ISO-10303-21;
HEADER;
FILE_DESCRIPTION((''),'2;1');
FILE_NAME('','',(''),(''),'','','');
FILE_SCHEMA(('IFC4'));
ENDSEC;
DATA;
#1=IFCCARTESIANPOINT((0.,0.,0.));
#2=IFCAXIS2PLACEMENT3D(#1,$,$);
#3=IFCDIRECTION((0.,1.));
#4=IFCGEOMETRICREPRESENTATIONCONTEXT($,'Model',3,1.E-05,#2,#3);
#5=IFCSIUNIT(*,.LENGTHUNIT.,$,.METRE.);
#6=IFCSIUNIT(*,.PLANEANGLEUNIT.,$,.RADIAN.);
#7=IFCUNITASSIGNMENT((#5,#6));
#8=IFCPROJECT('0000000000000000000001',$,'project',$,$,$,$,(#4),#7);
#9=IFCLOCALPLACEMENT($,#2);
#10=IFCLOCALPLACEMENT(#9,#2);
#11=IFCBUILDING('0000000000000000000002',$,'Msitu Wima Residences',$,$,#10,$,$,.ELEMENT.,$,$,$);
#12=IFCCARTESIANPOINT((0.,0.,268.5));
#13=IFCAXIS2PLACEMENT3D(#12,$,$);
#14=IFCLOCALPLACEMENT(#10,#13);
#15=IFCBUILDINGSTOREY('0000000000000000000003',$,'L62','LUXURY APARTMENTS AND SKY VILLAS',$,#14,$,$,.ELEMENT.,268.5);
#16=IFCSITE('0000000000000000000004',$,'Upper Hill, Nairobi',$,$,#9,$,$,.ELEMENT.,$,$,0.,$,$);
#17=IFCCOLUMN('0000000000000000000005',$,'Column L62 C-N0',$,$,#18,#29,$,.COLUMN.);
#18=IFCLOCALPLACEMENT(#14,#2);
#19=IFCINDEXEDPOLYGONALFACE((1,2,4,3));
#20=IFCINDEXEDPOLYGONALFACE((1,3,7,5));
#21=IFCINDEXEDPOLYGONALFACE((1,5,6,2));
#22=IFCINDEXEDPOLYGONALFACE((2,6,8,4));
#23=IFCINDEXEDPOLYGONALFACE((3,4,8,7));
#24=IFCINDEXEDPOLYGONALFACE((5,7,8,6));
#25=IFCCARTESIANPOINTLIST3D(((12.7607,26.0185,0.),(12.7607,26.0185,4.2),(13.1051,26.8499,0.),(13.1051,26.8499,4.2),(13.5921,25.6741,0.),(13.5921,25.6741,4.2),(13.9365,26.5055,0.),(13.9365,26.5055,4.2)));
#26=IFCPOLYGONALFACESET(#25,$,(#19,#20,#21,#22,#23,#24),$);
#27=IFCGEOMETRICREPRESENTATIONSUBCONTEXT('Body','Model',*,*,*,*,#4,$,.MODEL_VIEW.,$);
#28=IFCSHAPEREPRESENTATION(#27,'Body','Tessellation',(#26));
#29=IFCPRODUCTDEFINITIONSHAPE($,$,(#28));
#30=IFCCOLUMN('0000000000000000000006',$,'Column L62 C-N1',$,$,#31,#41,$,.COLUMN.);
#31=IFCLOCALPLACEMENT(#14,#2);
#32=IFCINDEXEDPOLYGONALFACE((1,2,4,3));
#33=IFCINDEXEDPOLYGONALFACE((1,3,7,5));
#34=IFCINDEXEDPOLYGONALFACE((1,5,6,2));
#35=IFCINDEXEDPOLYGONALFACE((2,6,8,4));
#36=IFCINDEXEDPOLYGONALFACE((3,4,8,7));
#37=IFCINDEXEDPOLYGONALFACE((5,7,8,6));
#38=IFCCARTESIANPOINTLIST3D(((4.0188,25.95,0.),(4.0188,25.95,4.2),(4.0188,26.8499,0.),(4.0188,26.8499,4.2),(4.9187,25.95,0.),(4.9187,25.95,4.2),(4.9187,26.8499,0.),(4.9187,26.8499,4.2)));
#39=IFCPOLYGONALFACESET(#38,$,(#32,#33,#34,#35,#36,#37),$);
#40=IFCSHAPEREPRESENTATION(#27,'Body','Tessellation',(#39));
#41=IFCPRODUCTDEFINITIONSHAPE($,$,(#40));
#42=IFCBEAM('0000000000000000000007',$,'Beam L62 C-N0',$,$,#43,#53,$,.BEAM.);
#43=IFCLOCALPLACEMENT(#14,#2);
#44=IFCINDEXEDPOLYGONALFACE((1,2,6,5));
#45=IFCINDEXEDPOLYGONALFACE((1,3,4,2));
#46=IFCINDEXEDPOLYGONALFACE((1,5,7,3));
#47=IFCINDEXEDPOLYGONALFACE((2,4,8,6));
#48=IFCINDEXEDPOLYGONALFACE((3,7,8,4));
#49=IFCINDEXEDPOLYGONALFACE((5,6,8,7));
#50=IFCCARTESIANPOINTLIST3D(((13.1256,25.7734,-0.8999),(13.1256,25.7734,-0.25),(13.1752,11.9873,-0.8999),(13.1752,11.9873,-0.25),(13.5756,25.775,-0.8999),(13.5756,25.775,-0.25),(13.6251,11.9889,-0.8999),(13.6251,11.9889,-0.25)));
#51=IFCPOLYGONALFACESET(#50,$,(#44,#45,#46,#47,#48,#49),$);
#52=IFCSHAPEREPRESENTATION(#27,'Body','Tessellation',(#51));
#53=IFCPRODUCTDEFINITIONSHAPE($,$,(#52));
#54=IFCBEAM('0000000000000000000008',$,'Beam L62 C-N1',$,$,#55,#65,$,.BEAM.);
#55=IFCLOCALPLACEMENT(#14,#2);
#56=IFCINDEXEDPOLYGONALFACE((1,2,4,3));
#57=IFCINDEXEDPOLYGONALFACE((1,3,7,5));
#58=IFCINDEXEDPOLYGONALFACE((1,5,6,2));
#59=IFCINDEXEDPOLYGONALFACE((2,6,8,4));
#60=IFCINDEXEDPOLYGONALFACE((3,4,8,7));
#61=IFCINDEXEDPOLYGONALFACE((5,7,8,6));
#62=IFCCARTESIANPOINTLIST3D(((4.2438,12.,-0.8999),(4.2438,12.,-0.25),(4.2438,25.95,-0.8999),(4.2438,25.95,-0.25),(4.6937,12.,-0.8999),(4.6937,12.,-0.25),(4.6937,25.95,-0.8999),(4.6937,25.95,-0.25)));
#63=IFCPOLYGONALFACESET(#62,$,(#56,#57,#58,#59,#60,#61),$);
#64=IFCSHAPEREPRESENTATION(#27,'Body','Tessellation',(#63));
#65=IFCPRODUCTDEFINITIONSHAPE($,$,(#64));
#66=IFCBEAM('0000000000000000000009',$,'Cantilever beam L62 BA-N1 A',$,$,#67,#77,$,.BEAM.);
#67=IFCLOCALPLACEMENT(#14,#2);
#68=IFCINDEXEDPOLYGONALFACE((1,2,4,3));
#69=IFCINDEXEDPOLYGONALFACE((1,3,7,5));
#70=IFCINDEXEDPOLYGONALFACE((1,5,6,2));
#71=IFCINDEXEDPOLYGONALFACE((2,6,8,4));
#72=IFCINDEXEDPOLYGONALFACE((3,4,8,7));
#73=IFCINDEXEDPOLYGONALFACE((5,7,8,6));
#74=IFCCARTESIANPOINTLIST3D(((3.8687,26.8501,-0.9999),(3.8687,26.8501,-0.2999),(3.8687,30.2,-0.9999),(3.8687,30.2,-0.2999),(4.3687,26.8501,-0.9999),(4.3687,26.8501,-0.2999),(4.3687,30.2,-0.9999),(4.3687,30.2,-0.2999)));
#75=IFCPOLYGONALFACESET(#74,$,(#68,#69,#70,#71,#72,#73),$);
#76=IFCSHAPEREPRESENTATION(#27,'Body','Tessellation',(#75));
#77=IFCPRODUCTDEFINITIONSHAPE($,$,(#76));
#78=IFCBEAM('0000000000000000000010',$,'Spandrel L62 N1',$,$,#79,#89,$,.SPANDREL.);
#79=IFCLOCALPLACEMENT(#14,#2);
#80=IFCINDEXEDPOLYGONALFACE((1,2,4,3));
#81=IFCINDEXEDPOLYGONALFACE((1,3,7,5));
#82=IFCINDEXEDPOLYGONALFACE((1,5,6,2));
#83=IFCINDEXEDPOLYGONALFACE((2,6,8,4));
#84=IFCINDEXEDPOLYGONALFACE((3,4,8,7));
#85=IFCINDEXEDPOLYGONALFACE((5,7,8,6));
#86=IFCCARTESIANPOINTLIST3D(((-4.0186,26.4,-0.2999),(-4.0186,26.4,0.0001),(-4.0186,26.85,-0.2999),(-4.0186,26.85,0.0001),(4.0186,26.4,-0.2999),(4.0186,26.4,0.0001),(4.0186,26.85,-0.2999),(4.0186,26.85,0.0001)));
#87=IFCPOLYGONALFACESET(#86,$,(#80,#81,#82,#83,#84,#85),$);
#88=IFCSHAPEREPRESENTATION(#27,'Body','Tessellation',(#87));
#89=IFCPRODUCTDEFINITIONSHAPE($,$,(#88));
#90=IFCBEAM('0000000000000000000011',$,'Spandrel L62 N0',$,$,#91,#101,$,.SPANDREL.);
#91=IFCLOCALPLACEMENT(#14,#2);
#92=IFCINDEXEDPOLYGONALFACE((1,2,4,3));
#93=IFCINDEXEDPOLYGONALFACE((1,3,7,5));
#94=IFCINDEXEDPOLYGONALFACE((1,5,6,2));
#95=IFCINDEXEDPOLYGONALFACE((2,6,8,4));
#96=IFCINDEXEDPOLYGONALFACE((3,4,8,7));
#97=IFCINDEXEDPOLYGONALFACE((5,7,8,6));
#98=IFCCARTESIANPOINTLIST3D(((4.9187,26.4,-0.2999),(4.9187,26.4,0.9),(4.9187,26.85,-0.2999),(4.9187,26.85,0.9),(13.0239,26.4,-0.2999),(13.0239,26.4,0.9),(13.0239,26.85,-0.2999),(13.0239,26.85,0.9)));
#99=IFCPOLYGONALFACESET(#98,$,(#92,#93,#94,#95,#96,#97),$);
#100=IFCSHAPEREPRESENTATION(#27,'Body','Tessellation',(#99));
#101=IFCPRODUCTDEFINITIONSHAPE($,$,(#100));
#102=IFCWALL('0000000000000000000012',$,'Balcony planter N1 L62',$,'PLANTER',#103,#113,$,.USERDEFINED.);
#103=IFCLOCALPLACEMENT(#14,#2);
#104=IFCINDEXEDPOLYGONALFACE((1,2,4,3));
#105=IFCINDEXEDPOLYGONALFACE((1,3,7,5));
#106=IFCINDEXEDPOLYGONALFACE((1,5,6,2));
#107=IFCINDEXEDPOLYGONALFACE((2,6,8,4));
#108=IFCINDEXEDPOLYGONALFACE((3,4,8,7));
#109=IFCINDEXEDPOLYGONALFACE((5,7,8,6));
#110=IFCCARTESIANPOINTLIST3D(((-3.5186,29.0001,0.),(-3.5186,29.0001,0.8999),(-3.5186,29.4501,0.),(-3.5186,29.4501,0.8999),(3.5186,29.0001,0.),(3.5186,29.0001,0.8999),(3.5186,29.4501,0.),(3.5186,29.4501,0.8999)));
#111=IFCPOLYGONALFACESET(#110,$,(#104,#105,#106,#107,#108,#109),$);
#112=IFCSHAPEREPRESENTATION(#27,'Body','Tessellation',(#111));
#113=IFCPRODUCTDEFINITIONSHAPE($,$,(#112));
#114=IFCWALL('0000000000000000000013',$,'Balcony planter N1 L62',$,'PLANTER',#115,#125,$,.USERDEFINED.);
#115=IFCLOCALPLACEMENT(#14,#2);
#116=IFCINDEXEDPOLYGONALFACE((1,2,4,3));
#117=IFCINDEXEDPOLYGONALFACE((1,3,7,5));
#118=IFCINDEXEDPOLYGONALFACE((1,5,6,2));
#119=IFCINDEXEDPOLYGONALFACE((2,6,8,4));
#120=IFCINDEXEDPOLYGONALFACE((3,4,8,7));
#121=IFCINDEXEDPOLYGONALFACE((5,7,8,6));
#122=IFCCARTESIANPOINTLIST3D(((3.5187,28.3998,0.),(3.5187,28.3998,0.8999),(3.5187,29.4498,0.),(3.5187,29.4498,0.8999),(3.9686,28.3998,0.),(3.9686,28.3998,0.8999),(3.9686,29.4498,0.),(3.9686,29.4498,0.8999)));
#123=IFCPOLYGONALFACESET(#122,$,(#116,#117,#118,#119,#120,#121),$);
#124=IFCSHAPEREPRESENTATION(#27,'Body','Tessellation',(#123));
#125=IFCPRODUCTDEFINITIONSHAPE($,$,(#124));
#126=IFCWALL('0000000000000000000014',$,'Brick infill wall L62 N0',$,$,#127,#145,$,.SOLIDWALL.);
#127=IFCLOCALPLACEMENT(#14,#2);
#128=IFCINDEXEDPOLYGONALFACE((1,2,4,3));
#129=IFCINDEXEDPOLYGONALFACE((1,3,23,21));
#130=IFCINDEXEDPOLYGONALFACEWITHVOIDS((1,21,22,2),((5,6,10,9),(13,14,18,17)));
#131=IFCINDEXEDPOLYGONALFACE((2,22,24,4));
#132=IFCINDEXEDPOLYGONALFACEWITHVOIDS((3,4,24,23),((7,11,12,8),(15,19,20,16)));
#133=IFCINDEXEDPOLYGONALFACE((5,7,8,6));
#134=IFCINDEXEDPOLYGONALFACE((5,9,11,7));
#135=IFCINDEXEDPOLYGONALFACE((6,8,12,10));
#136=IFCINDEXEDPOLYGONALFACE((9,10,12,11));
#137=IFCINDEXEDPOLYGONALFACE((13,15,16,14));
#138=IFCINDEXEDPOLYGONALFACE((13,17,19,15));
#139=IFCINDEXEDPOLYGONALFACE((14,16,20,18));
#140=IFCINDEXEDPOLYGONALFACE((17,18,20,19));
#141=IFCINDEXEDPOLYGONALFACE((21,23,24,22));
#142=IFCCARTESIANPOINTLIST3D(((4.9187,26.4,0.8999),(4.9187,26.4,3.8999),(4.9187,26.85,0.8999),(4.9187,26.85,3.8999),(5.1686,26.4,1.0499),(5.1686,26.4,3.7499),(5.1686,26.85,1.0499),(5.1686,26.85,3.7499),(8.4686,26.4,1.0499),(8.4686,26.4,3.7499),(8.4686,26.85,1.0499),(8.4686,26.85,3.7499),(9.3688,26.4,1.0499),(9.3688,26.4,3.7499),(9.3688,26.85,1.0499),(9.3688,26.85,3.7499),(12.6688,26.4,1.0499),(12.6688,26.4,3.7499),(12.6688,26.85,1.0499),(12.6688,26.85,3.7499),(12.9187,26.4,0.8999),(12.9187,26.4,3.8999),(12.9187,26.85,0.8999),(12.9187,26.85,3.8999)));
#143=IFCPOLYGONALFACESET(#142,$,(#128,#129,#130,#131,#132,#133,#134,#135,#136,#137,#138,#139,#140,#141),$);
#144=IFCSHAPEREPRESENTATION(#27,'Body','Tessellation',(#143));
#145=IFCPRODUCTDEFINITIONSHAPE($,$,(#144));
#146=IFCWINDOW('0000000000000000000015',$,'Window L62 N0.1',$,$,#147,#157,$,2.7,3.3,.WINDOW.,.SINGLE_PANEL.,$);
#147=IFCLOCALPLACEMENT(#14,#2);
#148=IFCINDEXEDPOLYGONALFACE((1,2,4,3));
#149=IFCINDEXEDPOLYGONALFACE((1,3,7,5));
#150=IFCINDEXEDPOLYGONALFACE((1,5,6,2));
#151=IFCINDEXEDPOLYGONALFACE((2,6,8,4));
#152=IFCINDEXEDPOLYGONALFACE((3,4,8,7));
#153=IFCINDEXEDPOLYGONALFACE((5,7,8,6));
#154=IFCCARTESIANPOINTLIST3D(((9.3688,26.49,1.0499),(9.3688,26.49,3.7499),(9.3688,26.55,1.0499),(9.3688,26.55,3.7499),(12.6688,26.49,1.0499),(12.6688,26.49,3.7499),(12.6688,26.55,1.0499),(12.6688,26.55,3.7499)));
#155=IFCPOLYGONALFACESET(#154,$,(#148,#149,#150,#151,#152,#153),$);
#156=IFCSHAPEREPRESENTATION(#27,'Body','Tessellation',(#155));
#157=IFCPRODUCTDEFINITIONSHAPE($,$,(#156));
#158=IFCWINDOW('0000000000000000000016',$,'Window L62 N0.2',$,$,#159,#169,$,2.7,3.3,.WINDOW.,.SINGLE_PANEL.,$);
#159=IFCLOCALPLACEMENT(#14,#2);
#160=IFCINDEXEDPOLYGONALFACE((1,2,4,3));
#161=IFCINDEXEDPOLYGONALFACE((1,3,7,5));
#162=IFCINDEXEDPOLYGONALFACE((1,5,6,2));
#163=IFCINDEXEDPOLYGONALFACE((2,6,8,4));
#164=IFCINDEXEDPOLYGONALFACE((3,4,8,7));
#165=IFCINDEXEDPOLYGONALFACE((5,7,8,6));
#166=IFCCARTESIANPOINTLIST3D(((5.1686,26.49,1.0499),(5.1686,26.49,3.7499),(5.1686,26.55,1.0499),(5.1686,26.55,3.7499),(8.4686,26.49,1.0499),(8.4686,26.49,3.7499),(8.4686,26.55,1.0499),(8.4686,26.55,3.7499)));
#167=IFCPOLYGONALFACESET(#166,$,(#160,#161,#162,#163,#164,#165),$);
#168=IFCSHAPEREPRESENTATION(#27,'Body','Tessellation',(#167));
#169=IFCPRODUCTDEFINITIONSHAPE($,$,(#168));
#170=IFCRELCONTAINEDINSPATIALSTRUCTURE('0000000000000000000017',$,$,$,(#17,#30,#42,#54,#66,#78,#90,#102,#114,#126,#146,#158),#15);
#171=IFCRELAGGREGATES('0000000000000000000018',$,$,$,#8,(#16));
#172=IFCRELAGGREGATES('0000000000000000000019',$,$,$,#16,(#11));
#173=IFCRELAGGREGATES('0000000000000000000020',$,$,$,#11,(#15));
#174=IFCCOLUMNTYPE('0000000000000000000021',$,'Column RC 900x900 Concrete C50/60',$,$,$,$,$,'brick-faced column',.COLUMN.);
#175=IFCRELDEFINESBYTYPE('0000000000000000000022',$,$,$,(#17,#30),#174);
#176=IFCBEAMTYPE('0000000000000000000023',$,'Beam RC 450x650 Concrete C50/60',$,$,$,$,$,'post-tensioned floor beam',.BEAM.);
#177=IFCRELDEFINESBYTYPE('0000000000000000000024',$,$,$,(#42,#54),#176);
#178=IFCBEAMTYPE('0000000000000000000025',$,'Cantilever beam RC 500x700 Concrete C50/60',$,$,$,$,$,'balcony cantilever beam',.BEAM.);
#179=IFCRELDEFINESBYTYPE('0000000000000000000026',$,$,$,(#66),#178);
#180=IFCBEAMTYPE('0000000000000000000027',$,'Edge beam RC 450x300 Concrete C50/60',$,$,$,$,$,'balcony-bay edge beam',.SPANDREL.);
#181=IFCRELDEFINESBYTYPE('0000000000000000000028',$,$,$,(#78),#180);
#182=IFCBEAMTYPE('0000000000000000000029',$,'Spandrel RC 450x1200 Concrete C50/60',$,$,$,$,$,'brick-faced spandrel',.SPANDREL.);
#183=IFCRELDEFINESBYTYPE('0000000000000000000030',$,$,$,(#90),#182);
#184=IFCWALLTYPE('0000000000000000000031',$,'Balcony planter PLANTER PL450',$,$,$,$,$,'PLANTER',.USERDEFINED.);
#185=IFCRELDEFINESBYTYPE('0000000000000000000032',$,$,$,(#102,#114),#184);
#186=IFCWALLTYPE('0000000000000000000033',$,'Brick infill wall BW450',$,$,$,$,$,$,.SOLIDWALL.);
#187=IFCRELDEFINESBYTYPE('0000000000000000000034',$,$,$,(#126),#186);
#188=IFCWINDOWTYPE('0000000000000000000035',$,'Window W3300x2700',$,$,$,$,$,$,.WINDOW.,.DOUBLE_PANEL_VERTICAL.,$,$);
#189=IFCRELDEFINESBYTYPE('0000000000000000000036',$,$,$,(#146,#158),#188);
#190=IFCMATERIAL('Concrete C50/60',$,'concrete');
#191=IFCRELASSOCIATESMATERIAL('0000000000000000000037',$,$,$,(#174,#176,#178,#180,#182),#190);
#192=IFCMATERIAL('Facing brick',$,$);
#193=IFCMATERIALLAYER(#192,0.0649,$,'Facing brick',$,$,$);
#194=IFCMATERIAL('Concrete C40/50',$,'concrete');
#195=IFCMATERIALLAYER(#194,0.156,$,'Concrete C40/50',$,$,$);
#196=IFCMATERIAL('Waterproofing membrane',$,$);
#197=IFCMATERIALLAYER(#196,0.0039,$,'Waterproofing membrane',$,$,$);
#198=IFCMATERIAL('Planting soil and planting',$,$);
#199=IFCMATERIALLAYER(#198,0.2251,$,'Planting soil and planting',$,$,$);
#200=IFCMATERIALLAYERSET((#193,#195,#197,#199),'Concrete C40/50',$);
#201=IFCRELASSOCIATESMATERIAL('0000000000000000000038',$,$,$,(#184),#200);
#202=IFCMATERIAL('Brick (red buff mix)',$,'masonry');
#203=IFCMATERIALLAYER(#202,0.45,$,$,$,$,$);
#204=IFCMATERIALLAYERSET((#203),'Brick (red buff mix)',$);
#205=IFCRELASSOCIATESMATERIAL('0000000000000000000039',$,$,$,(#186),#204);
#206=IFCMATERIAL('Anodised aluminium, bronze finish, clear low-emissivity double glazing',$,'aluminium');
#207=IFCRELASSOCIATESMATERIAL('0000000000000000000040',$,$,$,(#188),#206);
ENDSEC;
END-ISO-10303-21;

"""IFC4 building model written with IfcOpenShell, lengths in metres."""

from ifc_helpers import new_model, si_unit, direction, frame, frame_2d, origin, origin_2d, place, context, subcontext, project, spatial, rectangle, extrude, material, layer, layer_set, material_profile, profile_set, type_object, element, fill, save


model = new_model("IFC4")

# Units and contexts
model_context = context("Model", 3, precision=1e-05, world=origin(), true_north=direction((0.0, 1.0)))
body_context = subcontext(model_context, "Body", "Model", "MODEL_VIEW")
ifc_project = project(units=[si_unit("LENGTHUNIT", "METRE"), si_unit("PLANEANGLEUNIT", "RADIAN")], contexts=[model_context])

# Site, building, storey
site_placement = place(None, origin())
site = spatial("IfcSite", under=ifc_project, at=site_placement, Name="Upper Hill, Nairobi", CompositionType="ELEMENT", RefElevation=0.0)
building_placement = place(site_placement, origin())
building = spatial("IfcBuilding", under=site, at=building_placement, Name="Msitu Wima Residences", CompositionType="ELEMENT")
storey_placement = place(building_placement, frame((0.0, 0.0, 268.5)))
storey = spatial("IfcBuildingStorey", under=building, at=storey_placement, Name="L62", Description="LUXURY APARTMENTS AND SKY VILLAS", CompositionType="ELEMENT", Elevation=268.5)

# Columns
ifc_material_1 = material(Name="Concrete C50/60", Category="concrete")
ifc_material_profile_1 = material_profile(ifc_material_1, rectangle(XDim=0.8999, YDim=0.8999, at=origin_2d()), Name="RC 900x900")
ifc_profile_set_1 = profile_set([ifc_material_profile_1], Name="Concrete C50/60")
column_type = type_object("IfcColumnType", Name="Column RC 900x900 Concrete C50/60", ElementType="brick-faced column", PredefinedType="COLUMN", material=ifc_profile_set_1)
for number, where, z_axis, x_axis, name in (
    (1, (13.3486, 26.262, 0.0), (0.0, 0.0, 1.0), (-0.92388, 0.382683, 0.0), "Column L62 C-N0"),
    (2, (4.4688, 26.3999, 0.0), (0.0, 0.0, 1.0), (-1.0, 0.0, 0.0), "Column L62 C-N1"),
):
    element("IfcColumn", number, at=place(storey_placement, frame(where, z_axis=z_axis, x_axis=x_axis)), inside=storey, type_object=column_type, Name=name, PredefinedType="COLUMN", context=body_context, shape_type="SweptSolid", body=[
        extrude(rectangle(XDim=0.8999, YDim=0.8999, at=origin_2d()), origin(), (0.0, 0.0, 1.0), 4.2),
    ])

# Beams
ifc_material_profile_2 = material_profile(ifc_material_1, rectangle(XDim=0.45, YDim=0.6499, at=origin_2d()), Name="RC 450x650")
ifc_profile_set_2 = profile_set([ifc_material_profile_2], Name="Concrete C50/60")
beam_type_1 = type_object("IfcBeamType", Name="Beam RC 450x650 Concrete C50/60", ElementType="post-tensioned floor beam", PredefinedType="BEAM", material=ifc_profile_set_2)
beam_1_placement = place(storey_placement, frame((13.3506, 25.7742, -0.575), z_axis=(0.003595, -0.999994, 0.0), x_axis=(0.999994, 0.003595, 0.0)))
element("IfcBeam", 3, at=beam_1_placement, inside=storey, type_object=beam_type_1, Name="Beam L62 C-N0", PredefinedType="BEAM", context=body_context, shape_type="SweptSolid", body=[
    extrude(rectangle(XDim=0.45, YDim=0.6499, at=origin_2d()), origin(), (0.0, 0.0, 1.0), 13.7861),
])
beam_2_placement = place(storey_placement, frame((4.4688, 25.95, -0.575), z_axis=(0.0, -1.0, 0.0), x_axis=(1.0, 0.0, 0.0)))
element("IfcBeam", 4, at=beam_2_placement, inside=storey, type_object=beam_type_1, Name="Beam L62 C-N1", PredefinedType="BEAM", context=body_context, shape_type="SweptSolid", body=[
    extrude(rectangle(XDim=0.45, YDim=0.6499, at=origin_2d()), origin(), (0.0, 0.0, 1.0), 13.95),
])
ifc_material_profile_3 = material_profile(ifc_material_1, rectangle(XDim=0.5, YDim=0.7, at=origin_2d()), Name="RC 500x700")
ifc_profile_set_3 = profile_set([ifc_material_profile_3], Name="Concrete C50/60")
beam_type_2 = type_object("IfcBeamType", Name="Cantilever beam RC 500x700 Concrete C50/60", ElementType="balcony cantilever beam", PredefinedType="BEAM", material=ifc_profile_set_3)
beam_3_placement = place(storey_placement, frame((4.1187, 26.8501, -0.6499), z_axis=(0.0, 1.0, 0.0), x_axis=(-1.0, 0.0, 0.0)))
element("IfcBeam", 5, at=beam_3_placement, inside=storey, type_object=beam_type_2, Name="Cantilever beam L62 BA-N1 A", PredefinedType="BEAM", context=body_context, shape_type="SweptSolid", body=[
    extrude(rectangle(XDim=0.5, YDim=0.7, at=origin_2d()), origin(), (0.0, 0.0, 1.0), 3.3499),
])
ifc_material_profile_4 = material_profile(ifc_material_1, rectangle(XDim=0.45, YDim=0.3, at=origin_2d()), Name="RC 450x300")
ifc_profile_set_4 = profile_set([ifc_material_profile_4], Name="Concrete C50/60")
beam_type_3 = type_object("IfcBeamType", Name="Edge beam RC 450x300 Concrete C50/60", ElementType="balcony-bay edge beam", PredefinedType="SPANDREL", material=ifc_profile_set_4)
beam_4_placement = place(storey_placement, frame((4.0186, 26.625, -0.1499), z_axis=(-1.0, 0.0, 0.0), x_axis=(0.0, -1.0, 0.0)))
element("IfcBeam", 6, at=beam_4_placement, inside=storey, type_object=beam_type_3, Name="Spandrel L62 N1", PredefinedType="SPANDREL", context=body_context, shape_type="SweptSolid", body=[
    extrude(rectangle(XDim=0.45, YDim=0.3, at=origin_2d()), origin(), (0.0, 0.0, 1.0), 8.0371),
])
ifc_material_profile_5 = material_profile(ifc_material_1, rectangle(XDim=0.45, YDim=1.2, at=origin_2d()), Name="RC 450x1200")
ifc_profile_set_5 = profile_set([ifc_material_profile_5], Name="Concrete C50/60")
beam_type_4 = type_object("IfcBeamType", Name="Spandrel RC 450x1200 Concrete C50/60", ElementType="brick-faced spandrel", PredefinedType="SPANDREL", material=ifc_profile_set_5)
beam_5_placement = place(storey_placement, frame((13.0239, 26.625, 0.3), z_axis=(-1.0, 0.0, 0.0), x_axis=(0.0, -1.0, 0.0)))
element("IfcBeam", 7, at=beam_5_placement, inside=storey, type_object=beam_type_4, Name="Spandrel L62 N0", PredefinedType="SPANDREL", context=body_context, shape_type="SweptSolid", body=[
    extrude(rectangle(XDim=0.45, YDim=1.2, at=origin_2d()), origin(), (0.0, 0.0, 1.0), 8.1052),
])

# Walls
ifc_material_2 = material(Name="Facing brick")
ifc_layer_1 = layer(ifc_material_2, 0.0649, Name="Facing brick")
ifc_material_3 = material(Name="Concrete C40/50", Category="concrete")
ifc_layer_2 = layer(ifc_material_3, 0.156, Name="Concrete C40/50")
ifc_material_4 = material(Name="Waterproofing membrane")
ifc_layer_3 = layer(ifc_material_4, 0.0039, Name="Waterproofing membrane")
ifc_material_5 = material(Name="Planting soil and planting")
ifc_layer_4 = layer(ifc_material_5, 0.2251, Name="Planting soil and planting")
ifc_layer_set_1 = layer_set([ifc_layer_1, ifc_layer_2, ifc_layer_3, ifc_layer_4], Name="Concrete C40/50")
wall_type_1 = type_object("IfcWallType", Name="Balcony planter PLANTER PL450", ElementType="PLANTER", PredefinedType="USERDEFINED", material=ifc_layer_set_1)
wall_1_placement = place(storey_placement, frame((3.5186, 29.2251, 0.0), z_axis=(0.0, 0.0, 1.0), x_axis=(-1.0, 0.0, 0.0)))
element("IfcWall", 8, at=wall_1_placement, inside=storey, type_object=wall_type_1, Name="Balcony planter N1 L62", ObjectType="PLANTER", PredefinedType="USERDEFINED", context=body_context, shape_type="SweptSolid", body=[
    extrude(rectangle(XDim=7.0371, YDim=0.45, at=frame_2d((3.5186, 0.0))), origin(), (0.0, 0.0, 1.0), 0.8999),
])
wall_2_placement = place(storey_placement, frame((3.7437, 28.3999, 0.0), z_axis=(0.0, 0.0, 1.0), x_axis=(0.0, 1.0, 0.0)))
element("IfcWall", 9, at=wall_2_placement, inside=storey, type_object=wall_type_1, Name="Balcony planter N1 L62", ObjectType="PLANTER", PredefinedType="USERDEFINED", context=body_context, shape_type="SweptSolid", body=[
    extrude(rectangle(XDim=1.05, YDim=0.45, at=frame_2d((0.5249, 0.0))), origin(), (0.0, 0.0, 1.0), 0.8999),
])

# Wall, openings, windows
ifc_material_6 = material(Name="Brick (red buff mix)", Category="masonry")
ifc_layer_5 = layer(ifc_material_6, 0.45)
ifc_layer_set_2 = layer_set([ifc_layer_5], Name="Brick (red buff mix)")
wall_type_2 = type_object("IfcWallType", Name="Brick infill wall BW450", PredefinedType="SOLIDWALL", material=ifc_layer_set_2)
wall_3_placement = place(storey_placement, frame((12.9187, 26.625, 0.8999), z_axis=(0.0, 0.0, 1.0), x_axis=(-1.0, 0.0, 0.0)))
wall_3 = element("IfcWall", 10, at=wall_3_placement, inside=storey, type_object=wall_type_2, Name="Brick infill wall L62 N0", PredefinedType="SOLIDWALL", context=body_context, shape_type="SweptSolid", body=[
    extrude(rectangle(XDim=8.0, YDim=0.45, at=frame_2d((4.0, 0.0))), origin(), (0.0, 0.0, 1.0), 3.0),
])
opening_1_placement = place(wall_3_placement, frame((0.25, 0.0, 0.1499)))
opening_1 = element("IfcOpeningElement", 11, at=opening_1_placement, cuts=wall_3, PredefinedType="OPENING", context=body_context, shape_type="SweptSolid", body=[
    extrude(rectangle(XDim=3.3, YDim=2.7, at=frame_2d((1.6499, 1.3501))), frame((0.0, 0.2349, 0.0), z_axis=(0.0, -1.0, 0.0), x_axis=(1.0, 0.0, 0.0)), (0.0, 0.0, 1.0), 0.47),
])
opening_2_placement = place(wall_3_placement, frame((4.4502, 0.0, 0.1499)))
opening_2 = element("IfcOpeningElement", 12, at=opening_2_placement, cuts=wall_3, PredefinedType="OPENING", context=body_context, shape_type="SweptSolid", body=[
    extrude(rectangle(XDim=3.3, YDim=2.7, at=frame_2d((1.6499, 1.3501))), frame((0.0, 0.2349, 0.0), z_axis=(0.0, -1.0, 0.0), x_axis=(1.0, 0.0, 0.0)), (0.0, 0.0, 1.0), 0.47),
])
ifc_material_7 = material(Name="Anodised aluminium, bronze finish, clear low-emissivity double glazing", Category="aluminium")
window_type = type_object("IfcWindowType", Name="Window W3300x2700", PartitioningType="DOUBLE_PANEL_VERTICAL", PredefinedType="WINDOW", material=ifc_material_7)
window_1_placement = place(opening_1_placement, origin())
window_1 = element("IfcWindow", 13, at=window_1_placement, inside=storey, type_object=window_type, Name="Window L62 N0.1", OverallHeight=2.7, OverallWidth=3.3, PartitioningType="SINGLE_PANEL", PredefinedType="WINDOW", context=body_context, shape_type="SweptSolid", body=[
    extrude(rectangle(XDim=3.3, YDim=2.7, at=frame_2d((1.6499, 1.3501))), frame((0.0, 0.135, 0.0), z_axis=(0.0, -1.0, 0.0), x_axis=(1.0, 0.0, 0.0)), (0.0, 0.0, 1.0), 0.0601),
])
fill(opening_1, window_1)
window_2_placement = place(opening_2_placement, origin())
window_2 = element("IfcWindow", 14, at=window_2_placement, inside=storey, type_object=window_type, Name="Window L62 N0.2", OverallHeight=2.7, OverallWidth=3.3, PartitioningType="SINGLE_PANEL", PredefinedType="WINDOW", context=body_context, shape_type="SweptSolid", body=[
    extrude(rectangle(XDim=3.3, YDim=2.7, at=frame_2d((1.6499, 1.3501))), frame((0.0, 0.135, 0.0), z_axis=(0.0, -1.0, 0.0), x_axis=(1.0, 0.0, 0.0)), (0.0, 0.0, 1.0), 0.0601),
])
fill(opening_2, window_2)

save(model, "model.ifc")
